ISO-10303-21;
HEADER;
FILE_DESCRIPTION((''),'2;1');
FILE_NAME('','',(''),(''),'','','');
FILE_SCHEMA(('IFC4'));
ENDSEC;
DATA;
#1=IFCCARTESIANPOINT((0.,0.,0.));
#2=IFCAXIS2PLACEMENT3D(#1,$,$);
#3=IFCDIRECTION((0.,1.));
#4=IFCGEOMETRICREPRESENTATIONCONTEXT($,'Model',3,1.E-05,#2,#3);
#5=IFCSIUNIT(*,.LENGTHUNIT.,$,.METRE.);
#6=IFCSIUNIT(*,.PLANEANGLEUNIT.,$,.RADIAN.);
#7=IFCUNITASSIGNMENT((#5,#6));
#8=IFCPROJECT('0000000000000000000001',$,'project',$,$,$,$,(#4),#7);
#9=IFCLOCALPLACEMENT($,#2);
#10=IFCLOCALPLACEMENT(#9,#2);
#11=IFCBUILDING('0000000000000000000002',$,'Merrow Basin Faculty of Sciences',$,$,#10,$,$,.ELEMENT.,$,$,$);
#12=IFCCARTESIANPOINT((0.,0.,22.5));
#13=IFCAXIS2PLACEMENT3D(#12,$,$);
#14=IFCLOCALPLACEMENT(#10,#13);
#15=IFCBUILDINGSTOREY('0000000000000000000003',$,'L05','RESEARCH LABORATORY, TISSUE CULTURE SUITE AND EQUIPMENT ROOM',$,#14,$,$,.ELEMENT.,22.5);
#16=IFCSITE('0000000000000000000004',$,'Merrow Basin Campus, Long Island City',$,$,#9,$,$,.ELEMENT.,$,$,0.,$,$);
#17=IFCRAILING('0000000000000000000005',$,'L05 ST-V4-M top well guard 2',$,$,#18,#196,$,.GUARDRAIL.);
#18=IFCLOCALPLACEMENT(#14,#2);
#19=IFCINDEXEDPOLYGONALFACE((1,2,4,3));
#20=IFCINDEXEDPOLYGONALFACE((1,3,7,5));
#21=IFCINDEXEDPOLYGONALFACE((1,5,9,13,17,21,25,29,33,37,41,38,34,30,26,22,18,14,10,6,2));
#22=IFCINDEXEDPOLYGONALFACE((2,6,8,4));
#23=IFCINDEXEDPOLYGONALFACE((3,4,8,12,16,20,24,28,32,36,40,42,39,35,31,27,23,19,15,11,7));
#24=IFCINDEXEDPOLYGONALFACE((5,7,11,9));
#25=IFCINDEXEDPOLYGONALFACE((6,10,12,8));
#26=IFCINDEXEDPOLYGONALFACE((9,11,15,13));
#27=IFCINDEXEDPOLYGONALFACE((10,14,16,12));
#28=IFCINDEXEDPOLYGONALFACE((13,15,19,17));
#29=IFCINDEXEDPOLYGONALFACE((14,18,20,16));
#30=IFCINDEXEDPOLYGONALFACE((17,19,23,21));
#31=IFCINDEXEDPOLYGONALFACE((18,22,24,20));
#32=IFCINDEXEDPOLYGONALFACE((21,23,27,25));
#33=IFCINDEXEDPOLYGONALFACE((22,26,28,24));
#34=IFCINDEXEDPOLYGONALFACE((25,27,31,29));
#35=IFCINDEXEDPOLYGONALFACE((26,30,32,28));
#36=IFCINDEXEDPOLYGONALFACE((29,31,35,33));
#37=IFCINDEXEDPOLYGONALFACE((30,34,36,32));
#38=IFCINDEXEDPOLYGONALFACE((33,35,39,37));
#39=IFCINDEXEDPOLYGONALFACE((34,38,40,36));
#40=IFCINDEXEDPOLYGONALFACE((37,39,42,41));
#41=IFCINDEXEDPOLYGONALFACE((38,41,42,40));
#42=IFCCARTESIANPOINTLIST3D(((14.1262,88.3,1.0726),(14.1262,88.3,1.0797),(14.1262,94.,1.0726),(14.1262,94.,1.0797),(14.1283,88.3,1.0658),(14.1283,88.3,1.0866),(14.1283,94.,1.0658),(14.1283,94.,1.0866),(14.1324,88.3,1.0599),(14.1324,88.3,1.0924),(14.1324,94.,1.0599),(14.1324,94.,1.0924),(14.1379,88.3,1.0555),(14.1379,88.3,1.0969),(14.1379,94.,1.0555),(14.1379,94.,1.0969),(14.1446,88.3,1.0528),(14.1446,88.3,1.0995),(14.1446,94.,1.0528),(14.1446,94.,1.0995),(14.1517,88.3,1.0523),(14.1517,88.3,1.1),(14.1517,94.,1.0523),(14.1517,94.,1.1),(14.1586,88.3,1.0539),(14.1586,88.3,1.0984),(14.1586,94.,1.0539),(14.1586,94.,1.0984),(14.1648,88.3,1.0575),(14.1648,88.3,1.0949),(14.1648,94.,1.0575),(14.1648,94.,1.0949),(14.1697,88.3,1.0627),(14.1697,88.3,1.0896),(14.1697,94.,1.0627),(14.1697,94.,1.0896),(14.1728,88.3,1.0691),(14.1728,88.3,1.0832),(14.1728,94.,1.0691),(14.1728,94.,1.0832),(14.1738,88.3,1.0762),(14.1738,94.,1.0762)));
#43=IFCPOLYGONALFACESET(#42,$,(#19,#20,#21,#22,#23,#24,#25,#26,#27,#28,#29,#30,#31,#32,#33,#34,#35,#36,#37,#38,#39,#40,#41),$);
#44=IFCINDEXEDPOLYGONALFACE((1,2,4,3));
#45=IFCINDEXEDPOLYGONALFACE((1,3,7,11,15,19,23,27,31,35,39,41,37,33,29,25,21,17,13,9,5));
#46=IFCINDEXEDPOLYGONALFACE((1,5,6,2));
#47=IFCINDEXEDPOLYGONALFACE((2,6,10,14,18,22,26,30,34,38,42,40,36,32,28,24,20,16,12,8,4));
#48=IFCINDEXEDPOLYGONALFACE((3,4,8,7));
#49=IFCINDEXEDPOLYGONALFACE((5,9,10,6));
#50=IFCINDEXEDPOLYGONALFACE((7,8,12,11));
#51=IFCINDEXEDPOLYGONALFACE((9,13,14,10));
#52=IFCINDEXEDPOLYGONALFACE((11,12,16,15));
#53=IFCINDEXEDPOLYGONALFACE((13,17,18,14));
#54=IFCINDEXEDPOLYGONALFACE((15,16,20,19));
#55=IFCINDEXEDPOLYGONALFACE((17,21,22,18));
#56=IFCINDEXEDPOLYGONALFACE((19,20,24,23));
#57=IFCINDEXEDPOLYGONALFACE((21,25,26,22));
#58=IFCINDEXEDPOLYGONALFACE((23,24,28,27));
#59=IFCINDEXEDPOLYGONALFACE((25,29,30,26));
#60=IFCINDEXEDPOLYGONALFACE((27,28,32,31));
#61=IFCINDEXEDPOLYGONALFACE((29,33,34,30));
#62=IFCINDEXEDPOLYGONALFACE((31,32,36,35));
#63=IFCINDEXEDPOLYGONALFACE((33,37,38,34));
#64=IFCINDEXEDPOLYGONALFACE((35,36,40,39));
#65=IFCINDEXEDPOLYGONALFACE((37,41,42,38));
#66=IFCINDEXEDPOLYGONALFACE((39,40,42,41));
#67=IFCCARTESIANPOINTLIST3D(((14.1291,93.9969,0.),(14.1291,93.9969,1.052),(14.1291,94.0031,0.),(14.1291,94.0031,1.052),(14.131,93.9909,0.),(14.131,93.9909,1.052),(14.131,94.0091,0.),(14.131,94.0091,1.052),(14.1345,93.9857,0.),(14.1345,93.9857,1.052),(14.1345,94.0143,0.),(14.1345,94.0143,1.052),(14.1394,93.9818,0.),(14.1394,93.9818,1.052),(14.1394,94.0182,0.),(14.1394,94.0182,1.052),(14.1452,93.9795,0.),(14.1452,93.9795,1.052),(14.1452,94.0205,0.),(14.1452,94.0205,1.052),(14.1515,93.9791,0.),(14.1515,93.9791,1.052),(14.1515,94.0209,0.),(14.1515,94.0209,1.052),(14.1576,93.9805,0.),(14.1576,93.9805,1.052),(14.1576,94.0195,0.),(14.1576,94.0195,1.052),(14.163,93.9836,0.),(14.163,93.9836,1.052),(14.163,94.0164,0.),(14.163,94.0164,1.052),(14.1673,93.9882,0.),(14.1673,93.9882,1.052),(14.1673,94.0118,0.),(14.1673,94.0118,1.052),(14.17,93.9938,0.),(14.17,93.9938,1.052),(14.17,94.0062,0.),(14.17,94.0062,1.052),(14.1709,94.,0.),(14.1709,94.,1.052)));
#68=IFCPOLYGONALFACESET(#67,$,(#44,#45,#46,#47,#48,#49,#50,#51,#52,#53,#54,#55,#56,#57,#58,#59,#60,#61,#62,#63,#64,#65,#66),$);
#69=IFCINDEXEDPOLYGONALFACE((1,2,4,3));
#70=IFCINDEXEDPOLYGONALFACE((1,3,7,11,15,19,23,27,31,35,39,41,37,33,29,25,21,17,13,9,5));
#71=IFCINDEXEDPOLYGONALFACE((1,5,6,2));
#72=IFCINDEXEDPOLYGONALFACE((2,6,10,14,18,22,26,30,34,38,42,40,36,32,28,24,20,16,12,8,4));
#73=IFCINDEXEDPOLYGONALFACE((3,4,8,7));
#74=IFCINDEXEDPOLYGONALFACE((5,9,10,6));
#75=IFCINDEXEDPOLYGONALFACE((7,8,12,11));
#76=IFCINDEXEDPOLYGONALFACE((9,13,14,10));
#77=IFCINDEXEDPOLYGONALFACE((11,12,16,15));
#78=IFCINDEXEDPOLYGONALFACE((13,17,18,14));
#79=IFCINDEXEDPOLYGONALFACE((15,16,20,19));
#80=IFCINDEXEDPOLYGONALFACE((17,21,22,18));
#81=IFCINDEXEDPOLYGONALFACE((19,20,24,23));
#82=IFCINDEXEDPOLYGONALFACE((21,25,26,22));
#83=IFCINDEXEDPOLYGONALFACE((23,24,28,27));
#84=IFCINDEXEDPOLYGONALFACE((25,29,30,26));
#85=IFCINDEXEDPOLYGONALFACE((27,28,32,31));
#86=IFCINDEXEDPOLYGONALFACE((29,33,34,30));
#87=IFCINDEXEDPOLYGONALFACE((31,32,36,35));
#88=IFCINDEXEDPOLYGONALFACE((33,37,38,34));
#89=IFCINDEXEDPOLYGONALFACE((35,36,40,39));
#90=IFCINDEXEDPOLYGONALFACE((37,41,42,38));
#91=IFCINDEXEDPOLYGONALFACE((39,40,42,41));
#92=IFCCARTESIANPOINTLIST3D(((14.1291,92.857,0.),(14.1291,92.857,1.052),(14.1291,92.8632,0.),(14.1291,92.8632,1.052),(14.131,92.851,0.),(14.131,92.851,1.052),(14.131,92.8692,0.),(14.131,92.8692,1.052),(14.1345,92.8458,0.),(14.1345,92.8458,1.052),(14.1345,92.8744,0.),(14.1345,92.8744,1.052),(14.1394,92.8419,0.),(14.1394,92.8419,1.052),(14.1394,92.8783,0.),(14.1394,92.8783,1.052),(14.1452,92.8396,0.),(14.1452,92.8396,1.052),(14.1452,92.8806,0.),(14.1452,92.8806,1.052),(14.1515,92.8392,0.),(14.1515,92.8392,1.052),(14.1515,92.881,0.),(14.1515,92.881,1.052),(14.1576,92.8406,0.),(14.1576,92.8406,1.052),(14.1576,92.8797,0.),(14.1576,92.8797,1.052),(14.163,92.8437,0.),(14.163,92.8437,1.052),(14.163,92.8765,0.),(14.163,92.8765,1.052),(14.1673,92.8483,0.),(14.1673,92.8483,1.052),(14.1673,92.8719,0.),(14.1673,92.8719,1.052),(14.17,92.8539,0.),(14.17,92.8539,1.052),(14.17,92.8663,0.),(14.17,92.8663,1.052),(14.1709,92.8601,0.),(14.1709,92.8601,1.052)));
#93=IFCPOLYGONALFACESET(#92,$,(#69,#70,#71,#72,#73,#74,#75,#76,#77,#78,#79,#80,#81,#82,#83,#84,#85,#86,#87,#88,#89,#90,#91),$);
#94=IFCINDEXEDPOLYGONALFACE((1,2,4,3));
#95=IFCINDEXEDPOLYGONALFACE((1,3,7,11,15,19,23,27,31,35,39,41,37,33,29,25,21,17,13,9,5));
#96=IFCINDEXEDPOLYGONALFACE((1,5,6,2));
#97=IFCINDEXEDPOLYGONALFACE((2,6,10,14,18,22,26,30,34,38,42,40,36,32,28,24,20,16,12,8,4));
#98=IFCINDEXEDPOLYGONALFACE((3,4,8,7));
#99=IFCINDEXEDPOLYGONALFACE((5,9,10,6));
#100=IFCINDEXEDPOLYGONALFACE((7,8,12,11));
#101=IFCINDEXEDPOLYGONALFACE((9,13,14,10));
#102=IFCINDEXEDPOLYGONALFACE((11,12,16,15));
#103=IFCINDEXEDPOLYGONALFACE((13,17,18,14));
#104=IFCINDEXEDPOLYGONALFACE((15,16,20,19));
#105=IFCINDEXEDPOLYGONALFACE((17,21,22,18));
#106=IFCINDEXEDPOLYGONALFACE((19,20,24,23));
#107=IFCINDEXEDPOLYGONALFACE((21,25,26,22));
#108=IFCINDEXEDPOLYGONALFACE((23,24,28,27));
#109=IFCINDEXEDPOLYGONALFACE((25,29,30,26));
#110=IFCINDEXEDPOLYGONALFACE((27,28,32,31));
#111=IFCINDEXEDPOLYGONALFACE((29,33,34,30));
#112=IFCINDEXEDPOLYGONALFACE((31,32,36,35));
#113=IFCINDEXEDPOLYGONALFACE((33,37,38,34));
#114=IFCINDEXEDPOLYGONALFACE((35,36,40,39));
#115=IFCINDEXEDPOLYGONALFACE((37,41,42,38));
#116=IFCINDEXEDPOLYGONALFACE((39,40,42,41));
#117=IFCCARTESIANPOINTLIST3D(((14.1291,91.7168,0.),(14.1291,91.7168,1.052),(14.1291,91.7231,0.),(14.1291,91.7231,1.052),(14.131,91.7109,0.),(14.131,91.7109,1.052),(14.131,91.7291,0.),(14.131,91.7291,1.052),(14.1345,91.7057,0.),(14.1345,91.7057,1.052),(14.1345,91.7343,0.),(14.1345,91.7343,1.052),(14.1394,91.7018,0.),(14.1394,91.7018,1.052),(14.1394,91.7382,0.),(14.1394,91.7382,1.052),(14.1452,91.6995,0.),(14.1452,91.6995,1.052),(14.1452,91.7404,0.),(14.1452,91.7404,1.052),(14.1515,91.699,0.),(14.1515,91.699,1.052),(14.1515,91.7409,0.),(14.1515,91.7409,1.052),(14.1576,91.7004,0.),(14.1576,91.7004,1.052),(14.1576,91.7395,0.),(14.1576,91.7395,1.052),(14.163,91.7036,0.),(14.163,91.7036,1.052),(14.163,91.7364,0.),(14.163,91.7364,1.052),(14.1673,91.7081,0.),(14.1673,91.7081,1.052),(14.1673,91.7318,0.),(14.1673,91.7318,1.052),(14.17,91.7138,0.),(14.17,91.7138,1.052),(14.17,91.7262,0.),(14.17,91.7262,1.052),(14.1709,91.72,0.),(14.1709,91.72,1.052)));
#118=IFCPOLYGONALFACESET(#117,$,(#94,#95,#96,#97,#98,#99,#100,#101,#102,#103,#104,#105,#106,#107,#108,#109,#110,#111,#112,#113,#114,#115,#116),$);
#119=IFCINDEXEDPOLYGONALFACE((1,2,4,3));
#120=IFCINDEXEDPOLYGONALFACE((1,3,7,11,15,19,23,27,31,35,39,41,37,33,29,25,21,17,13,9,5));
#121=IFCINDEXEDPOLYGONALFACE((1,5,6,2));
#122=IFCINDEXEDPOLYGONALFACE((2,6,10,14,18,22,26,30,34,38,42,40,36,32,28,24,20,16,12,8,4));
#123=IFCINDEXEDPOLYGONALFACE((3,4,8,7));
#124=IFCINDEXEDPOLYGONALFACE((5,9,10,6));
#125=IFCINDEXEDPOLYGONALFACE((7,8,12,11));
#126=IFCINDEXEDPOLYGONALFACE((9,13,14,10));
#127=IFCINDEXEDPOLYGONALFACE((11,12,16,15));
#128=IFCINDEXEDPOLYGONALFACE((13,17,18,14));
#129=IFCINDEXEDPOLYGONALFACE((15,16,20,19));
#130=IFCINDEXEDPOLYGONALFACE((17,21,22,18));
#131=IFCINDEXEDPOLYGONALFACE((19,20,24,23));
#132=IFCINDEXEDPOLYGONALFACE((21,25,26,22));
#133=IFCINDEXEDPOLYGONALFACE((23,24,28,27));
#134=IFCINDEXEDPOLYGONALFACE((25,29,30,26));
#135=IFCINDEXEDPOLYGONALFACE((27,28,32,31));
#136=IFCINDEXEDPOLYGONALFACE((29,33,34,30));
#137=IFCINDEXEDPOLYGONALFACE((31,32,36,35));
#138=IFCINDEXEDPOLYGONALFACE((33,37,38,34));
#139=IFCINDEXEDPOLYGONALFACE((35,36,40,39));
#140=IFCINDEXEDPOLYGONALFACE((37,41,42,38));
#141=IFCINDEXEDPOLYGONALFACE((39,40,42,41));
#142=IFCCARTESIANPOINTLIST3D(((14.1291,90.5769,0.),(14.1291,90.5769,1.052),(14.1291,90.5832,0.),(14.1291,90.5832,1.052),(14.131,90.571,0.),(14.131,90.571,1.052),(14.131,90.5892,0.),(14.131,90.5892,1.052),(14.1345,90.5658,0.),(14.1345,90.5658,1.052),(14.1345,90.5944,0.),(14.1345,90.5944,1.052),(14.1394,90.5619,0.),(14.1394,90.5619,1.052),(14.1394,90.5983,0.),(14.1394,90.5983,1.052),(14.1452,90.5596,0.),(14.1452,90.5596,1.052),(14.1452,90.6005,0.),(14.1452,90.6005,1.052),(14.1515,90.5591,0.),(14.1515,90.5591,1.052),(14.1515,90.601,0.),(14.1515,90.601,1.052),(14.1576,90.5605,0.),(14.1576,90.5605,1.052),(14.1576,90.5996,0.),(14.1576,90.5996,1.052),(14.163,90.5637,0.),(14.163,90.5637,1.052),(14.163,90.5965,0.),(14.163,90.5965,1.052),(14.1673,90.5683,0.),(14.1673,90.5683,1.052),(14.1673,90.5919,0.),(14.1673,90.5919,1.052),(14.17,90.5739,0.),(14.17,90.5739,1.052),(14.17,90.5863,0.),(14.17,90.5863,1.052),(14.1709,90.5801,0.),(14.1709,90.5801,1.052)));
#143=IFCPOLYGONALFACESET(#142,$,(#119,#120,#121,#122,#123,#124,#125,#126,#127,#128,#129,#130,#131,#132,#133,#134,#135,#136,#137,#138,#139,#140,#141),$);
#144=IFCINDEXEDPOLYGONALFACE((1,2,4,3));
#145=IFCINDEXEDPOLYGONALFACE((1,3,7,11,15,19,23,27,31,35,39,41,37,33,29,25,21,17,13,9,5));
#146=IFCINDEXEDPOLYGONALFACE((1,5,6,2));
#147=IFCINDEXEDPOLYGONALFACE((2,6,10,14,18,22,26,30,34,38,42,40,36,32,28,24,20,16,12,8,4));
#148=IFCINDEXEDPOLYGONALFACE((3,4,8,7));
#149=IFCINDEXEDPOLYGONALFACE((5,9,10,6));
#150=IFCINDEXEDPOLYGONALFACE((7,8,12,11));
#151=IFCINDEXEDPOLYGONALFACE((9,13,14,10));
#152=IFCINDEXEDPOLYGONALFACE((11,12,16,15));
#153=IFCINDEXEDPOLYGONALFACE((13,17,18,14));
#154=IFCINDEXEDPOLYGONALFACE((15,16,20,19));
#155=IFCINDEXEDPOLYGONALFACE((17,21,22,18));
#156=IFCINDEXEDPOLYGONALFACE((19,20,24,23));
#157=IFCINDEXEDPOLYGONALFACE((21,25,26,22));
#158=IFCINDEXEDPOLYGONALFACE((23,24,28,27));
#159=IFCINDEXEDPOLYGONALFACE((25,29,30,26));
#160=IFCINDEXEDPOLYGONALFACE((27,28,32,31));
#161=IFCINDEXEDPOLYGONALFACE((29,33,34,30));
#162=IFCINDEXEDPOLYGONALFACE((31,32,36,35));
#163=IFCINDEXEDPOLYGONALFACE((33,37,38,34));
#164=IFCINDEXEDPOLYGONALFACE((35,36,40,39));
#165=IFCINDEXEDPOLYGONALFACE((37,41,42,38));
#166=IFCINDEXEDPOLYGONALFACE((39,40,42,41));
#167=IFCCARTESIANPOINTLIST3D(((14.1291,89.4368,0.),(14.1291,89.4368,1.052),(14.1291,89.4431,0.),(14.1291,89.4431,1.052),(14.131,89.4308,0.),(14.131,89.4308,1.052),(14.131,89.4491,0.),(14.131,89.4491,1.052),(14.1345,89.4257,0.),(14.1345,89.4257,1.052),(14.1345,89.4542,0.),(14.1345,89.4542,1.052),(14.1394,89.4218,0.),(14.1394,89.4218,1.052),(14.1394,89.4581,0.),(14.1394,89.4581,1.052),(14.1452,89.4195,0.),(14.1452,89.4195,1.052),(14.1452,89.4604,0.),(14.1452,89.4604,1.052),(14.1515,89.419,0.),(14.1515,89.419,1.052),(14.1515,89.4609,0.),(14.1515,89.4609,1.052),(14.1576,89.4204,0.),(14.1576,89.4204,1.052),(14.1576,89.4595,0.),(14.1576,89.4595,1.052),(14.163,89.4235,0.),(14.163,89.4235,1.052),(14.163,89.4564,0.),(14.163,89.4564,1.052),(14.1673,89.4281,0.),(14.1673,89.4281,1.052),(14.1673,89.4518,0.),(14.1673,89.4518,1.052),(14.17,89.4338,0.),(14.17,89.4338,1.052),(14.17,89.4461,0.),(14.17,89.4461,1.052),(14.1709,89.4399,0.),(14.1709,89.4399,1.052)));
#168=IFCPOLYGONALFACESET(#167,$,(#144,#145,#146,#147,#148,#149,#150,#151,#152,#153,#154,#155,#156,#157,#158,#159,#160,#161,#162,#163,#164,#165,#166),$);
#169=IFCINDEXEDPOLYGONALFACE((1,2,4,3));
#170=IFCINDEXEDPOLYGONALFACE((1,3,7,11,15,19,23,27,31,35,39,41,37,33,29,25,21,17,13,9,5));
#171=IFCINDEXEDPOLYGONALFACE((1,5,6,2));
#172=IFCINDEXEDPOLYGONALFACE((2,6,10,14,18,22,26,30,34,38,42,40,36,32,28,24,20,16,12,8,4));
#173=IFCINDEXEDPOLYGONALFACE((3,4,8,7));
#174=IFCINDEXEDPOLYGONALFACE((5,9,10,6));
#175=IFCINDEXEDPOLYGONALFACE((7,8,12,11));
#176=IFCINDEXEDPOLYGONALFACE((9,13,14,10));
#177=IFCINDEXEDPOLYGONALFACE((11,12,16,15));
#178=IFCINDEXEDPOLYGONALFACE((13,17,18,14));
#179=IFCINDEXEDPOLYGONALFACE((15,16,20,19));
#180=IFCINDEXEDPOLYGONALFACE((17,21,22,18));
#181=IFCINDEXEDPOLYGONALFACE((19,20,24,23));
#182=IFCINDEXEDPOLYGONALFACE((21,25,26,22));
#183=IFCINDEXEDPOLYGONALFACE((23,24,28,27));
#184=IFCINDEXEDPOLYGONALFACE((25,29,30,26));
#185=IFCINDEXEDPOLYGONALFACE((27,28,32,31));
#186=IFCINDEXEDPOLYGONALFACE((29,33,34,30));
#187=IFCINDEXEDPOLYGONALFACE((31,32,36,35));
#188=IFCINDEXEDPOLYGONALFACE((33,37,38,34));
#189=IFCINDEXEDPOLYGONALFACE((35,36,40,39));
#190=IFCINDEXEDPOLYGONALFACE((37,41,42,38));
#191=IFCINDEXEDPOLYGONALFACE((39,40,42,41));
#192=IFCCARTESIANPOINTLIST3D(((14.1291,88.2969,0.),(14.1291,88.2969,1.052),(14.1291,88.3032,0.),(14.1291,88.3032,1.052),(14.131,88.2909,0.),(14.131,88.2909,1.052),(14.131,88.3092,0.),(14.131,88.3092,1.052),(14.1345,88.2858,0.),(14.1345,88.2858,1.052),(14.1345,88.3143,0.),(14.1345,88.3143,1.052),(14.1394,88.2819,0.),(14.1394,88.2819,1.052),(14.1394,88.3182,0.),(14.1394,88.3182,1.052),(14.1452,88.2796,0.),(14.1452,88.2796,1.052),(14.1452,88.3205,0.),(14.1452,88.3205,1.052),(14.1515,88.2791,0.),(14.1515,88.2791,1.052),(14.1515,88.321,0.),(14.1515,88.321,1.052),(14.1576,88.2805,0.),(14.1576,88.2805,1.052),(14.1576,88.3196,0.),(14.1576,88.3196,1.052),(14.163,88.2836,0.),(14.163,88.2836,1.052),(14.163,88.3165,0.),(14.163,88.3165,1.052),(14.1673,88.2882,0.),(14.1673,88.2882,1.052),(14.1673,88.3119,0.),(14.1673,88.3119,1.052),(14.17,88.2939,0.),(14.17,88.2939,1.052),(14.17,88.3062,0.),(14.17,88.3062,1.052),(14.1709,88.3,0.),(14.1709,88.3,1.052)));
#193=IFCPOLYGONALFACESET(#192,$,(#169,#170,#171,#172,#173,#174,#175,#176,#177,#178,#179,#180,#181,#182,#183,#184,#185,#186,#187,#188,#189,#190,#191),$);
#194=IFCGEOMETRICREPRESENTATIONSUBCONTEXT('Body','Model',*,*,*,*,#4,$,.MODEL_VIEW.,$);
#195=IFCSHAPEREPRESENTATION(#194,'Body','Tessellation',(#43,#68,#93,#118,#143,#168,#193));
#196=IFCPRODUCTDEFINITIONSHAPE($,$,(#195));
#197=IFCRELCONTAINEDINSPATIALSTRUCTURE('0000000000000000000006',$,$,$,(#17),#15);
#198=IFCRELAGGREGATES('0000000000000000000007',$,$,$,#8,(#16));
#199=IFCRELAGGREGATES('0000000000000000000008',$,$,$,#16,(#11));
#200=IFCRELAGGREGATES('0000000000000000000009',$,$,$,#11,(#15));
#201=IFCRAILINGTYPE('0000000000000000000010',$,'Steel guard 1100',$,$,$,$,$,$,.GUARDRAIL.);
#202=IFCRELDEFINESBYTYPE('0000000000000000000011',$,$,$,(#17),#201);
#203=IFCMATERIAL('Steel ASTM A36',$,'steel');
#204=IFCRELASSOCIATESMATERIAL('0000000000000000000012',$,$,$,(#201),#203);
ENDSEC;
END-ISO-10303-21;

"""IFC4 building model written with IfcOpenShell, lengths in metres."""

from ifc_helpers import new_model, si_unit, direction, frame, origin, origin_2d, place, context, subcontext, project, spatial, circle, extrude, material, type_object, element, save


model = new_model("IFC4")

# Units and contexts
model_context = context("Model", 3, precision=1e-05, world=origin(), true_north=direction((0.0, 1.0)))
body_context = subcontext(model_context, "Body", "Model", "MODEL_VIEW")
ifc_project = project(units=[si_unit("LENGTHUNIT", "METRE"), si_unit("PLANEANGLEUNIT", "RADIAN")], contexts=[model_context])

# Site, building, storey
site_placement = place(None, origin())
site = spatial("IfcSite", under=ifc_project, at=site_placement, Name="Merrow Basin Campus, Long Island City", CompositionType="ELEMENT", RefElevation=0.0)
building_placement = place(site_placement, origin())
building = spatial("IfcBuilding", under=site, at=building_placement, Name="Merrow Basin Faculty of Sciences", CompositionType="ELEMENT")
storey_placement = place(building_placement, frame((0.0, 0.0, 22.5)))
storey = spatial("IfcBuildingStorey", under=building, at=storey_placement, Name="L05", Description="RESEARCH LABORATORY, TISSUE CULTURE SUITE AND EQUIPMENT ROOM", CompositionType="ELEMENT", Elevation=22.5)

# Railing
ifc_material_1 = material(Name="Steel ASTM A36", Category="steel")
railing_type = type_object("IfcRailingType", Name="Steel guard 1100", PredefinedType="GUARDRAIL", material=ifc_material_1)
railing_1_placement = place(storey_placement, frame((14.1499, 94.0, 0.0)))
element("IfcRailing", 1, at=railing_1_placement, inside=storey, type_object=railing_type, Name="L05 ST-V4-M top well guard 2", PredefinedType="GUARDRAIL", context=body_context, shape_type="SweptSolid", body=[
    extrude(circle(Radius=0.0239, at=origin_2d()), frame((0.0, 0.0, 1.0762), z_axis=(0.0, -1.0, 0.0), x_axis=(1.0, 0.0, 0.0)), (0.0, 0.0, 1.0), 5.7),
    extrude(circle(Radius=0.021, at=origin_2d()), origin(), (0.0, 0.0, 1.0), 1.052),
    extrude(circle(Radius=0.021, at=origin_2d()), frame((0.0, -1.1399, 0.0)), (0.0, 0.0, 1.0), 1.052),
    extrude(circle(Radius=0.021, at=origin_2d()), frame((0.0, -2.28, 0.0)), (0.0, 0.0, 1.0), 1.052),
    extrude(circle(Radius=0.021, at=origin_2d()), frame((0.0, -3.4199, 0.0)), (0.0, 0.0, 1.0), 1.052),
    extrude(circle(Radius=0.021, at=origin_2d()), frame((0.0, -4.5601, 0.0)), (0.0, 0.0, 1.0), 1.052),
    extrude(circle(Radius=0.021, at=origin_2d()), frame((0.0, -5.7, 0.0)), (0.0, 0.0, 1.0), 1.052),
])

save(model, "model.ifc")
